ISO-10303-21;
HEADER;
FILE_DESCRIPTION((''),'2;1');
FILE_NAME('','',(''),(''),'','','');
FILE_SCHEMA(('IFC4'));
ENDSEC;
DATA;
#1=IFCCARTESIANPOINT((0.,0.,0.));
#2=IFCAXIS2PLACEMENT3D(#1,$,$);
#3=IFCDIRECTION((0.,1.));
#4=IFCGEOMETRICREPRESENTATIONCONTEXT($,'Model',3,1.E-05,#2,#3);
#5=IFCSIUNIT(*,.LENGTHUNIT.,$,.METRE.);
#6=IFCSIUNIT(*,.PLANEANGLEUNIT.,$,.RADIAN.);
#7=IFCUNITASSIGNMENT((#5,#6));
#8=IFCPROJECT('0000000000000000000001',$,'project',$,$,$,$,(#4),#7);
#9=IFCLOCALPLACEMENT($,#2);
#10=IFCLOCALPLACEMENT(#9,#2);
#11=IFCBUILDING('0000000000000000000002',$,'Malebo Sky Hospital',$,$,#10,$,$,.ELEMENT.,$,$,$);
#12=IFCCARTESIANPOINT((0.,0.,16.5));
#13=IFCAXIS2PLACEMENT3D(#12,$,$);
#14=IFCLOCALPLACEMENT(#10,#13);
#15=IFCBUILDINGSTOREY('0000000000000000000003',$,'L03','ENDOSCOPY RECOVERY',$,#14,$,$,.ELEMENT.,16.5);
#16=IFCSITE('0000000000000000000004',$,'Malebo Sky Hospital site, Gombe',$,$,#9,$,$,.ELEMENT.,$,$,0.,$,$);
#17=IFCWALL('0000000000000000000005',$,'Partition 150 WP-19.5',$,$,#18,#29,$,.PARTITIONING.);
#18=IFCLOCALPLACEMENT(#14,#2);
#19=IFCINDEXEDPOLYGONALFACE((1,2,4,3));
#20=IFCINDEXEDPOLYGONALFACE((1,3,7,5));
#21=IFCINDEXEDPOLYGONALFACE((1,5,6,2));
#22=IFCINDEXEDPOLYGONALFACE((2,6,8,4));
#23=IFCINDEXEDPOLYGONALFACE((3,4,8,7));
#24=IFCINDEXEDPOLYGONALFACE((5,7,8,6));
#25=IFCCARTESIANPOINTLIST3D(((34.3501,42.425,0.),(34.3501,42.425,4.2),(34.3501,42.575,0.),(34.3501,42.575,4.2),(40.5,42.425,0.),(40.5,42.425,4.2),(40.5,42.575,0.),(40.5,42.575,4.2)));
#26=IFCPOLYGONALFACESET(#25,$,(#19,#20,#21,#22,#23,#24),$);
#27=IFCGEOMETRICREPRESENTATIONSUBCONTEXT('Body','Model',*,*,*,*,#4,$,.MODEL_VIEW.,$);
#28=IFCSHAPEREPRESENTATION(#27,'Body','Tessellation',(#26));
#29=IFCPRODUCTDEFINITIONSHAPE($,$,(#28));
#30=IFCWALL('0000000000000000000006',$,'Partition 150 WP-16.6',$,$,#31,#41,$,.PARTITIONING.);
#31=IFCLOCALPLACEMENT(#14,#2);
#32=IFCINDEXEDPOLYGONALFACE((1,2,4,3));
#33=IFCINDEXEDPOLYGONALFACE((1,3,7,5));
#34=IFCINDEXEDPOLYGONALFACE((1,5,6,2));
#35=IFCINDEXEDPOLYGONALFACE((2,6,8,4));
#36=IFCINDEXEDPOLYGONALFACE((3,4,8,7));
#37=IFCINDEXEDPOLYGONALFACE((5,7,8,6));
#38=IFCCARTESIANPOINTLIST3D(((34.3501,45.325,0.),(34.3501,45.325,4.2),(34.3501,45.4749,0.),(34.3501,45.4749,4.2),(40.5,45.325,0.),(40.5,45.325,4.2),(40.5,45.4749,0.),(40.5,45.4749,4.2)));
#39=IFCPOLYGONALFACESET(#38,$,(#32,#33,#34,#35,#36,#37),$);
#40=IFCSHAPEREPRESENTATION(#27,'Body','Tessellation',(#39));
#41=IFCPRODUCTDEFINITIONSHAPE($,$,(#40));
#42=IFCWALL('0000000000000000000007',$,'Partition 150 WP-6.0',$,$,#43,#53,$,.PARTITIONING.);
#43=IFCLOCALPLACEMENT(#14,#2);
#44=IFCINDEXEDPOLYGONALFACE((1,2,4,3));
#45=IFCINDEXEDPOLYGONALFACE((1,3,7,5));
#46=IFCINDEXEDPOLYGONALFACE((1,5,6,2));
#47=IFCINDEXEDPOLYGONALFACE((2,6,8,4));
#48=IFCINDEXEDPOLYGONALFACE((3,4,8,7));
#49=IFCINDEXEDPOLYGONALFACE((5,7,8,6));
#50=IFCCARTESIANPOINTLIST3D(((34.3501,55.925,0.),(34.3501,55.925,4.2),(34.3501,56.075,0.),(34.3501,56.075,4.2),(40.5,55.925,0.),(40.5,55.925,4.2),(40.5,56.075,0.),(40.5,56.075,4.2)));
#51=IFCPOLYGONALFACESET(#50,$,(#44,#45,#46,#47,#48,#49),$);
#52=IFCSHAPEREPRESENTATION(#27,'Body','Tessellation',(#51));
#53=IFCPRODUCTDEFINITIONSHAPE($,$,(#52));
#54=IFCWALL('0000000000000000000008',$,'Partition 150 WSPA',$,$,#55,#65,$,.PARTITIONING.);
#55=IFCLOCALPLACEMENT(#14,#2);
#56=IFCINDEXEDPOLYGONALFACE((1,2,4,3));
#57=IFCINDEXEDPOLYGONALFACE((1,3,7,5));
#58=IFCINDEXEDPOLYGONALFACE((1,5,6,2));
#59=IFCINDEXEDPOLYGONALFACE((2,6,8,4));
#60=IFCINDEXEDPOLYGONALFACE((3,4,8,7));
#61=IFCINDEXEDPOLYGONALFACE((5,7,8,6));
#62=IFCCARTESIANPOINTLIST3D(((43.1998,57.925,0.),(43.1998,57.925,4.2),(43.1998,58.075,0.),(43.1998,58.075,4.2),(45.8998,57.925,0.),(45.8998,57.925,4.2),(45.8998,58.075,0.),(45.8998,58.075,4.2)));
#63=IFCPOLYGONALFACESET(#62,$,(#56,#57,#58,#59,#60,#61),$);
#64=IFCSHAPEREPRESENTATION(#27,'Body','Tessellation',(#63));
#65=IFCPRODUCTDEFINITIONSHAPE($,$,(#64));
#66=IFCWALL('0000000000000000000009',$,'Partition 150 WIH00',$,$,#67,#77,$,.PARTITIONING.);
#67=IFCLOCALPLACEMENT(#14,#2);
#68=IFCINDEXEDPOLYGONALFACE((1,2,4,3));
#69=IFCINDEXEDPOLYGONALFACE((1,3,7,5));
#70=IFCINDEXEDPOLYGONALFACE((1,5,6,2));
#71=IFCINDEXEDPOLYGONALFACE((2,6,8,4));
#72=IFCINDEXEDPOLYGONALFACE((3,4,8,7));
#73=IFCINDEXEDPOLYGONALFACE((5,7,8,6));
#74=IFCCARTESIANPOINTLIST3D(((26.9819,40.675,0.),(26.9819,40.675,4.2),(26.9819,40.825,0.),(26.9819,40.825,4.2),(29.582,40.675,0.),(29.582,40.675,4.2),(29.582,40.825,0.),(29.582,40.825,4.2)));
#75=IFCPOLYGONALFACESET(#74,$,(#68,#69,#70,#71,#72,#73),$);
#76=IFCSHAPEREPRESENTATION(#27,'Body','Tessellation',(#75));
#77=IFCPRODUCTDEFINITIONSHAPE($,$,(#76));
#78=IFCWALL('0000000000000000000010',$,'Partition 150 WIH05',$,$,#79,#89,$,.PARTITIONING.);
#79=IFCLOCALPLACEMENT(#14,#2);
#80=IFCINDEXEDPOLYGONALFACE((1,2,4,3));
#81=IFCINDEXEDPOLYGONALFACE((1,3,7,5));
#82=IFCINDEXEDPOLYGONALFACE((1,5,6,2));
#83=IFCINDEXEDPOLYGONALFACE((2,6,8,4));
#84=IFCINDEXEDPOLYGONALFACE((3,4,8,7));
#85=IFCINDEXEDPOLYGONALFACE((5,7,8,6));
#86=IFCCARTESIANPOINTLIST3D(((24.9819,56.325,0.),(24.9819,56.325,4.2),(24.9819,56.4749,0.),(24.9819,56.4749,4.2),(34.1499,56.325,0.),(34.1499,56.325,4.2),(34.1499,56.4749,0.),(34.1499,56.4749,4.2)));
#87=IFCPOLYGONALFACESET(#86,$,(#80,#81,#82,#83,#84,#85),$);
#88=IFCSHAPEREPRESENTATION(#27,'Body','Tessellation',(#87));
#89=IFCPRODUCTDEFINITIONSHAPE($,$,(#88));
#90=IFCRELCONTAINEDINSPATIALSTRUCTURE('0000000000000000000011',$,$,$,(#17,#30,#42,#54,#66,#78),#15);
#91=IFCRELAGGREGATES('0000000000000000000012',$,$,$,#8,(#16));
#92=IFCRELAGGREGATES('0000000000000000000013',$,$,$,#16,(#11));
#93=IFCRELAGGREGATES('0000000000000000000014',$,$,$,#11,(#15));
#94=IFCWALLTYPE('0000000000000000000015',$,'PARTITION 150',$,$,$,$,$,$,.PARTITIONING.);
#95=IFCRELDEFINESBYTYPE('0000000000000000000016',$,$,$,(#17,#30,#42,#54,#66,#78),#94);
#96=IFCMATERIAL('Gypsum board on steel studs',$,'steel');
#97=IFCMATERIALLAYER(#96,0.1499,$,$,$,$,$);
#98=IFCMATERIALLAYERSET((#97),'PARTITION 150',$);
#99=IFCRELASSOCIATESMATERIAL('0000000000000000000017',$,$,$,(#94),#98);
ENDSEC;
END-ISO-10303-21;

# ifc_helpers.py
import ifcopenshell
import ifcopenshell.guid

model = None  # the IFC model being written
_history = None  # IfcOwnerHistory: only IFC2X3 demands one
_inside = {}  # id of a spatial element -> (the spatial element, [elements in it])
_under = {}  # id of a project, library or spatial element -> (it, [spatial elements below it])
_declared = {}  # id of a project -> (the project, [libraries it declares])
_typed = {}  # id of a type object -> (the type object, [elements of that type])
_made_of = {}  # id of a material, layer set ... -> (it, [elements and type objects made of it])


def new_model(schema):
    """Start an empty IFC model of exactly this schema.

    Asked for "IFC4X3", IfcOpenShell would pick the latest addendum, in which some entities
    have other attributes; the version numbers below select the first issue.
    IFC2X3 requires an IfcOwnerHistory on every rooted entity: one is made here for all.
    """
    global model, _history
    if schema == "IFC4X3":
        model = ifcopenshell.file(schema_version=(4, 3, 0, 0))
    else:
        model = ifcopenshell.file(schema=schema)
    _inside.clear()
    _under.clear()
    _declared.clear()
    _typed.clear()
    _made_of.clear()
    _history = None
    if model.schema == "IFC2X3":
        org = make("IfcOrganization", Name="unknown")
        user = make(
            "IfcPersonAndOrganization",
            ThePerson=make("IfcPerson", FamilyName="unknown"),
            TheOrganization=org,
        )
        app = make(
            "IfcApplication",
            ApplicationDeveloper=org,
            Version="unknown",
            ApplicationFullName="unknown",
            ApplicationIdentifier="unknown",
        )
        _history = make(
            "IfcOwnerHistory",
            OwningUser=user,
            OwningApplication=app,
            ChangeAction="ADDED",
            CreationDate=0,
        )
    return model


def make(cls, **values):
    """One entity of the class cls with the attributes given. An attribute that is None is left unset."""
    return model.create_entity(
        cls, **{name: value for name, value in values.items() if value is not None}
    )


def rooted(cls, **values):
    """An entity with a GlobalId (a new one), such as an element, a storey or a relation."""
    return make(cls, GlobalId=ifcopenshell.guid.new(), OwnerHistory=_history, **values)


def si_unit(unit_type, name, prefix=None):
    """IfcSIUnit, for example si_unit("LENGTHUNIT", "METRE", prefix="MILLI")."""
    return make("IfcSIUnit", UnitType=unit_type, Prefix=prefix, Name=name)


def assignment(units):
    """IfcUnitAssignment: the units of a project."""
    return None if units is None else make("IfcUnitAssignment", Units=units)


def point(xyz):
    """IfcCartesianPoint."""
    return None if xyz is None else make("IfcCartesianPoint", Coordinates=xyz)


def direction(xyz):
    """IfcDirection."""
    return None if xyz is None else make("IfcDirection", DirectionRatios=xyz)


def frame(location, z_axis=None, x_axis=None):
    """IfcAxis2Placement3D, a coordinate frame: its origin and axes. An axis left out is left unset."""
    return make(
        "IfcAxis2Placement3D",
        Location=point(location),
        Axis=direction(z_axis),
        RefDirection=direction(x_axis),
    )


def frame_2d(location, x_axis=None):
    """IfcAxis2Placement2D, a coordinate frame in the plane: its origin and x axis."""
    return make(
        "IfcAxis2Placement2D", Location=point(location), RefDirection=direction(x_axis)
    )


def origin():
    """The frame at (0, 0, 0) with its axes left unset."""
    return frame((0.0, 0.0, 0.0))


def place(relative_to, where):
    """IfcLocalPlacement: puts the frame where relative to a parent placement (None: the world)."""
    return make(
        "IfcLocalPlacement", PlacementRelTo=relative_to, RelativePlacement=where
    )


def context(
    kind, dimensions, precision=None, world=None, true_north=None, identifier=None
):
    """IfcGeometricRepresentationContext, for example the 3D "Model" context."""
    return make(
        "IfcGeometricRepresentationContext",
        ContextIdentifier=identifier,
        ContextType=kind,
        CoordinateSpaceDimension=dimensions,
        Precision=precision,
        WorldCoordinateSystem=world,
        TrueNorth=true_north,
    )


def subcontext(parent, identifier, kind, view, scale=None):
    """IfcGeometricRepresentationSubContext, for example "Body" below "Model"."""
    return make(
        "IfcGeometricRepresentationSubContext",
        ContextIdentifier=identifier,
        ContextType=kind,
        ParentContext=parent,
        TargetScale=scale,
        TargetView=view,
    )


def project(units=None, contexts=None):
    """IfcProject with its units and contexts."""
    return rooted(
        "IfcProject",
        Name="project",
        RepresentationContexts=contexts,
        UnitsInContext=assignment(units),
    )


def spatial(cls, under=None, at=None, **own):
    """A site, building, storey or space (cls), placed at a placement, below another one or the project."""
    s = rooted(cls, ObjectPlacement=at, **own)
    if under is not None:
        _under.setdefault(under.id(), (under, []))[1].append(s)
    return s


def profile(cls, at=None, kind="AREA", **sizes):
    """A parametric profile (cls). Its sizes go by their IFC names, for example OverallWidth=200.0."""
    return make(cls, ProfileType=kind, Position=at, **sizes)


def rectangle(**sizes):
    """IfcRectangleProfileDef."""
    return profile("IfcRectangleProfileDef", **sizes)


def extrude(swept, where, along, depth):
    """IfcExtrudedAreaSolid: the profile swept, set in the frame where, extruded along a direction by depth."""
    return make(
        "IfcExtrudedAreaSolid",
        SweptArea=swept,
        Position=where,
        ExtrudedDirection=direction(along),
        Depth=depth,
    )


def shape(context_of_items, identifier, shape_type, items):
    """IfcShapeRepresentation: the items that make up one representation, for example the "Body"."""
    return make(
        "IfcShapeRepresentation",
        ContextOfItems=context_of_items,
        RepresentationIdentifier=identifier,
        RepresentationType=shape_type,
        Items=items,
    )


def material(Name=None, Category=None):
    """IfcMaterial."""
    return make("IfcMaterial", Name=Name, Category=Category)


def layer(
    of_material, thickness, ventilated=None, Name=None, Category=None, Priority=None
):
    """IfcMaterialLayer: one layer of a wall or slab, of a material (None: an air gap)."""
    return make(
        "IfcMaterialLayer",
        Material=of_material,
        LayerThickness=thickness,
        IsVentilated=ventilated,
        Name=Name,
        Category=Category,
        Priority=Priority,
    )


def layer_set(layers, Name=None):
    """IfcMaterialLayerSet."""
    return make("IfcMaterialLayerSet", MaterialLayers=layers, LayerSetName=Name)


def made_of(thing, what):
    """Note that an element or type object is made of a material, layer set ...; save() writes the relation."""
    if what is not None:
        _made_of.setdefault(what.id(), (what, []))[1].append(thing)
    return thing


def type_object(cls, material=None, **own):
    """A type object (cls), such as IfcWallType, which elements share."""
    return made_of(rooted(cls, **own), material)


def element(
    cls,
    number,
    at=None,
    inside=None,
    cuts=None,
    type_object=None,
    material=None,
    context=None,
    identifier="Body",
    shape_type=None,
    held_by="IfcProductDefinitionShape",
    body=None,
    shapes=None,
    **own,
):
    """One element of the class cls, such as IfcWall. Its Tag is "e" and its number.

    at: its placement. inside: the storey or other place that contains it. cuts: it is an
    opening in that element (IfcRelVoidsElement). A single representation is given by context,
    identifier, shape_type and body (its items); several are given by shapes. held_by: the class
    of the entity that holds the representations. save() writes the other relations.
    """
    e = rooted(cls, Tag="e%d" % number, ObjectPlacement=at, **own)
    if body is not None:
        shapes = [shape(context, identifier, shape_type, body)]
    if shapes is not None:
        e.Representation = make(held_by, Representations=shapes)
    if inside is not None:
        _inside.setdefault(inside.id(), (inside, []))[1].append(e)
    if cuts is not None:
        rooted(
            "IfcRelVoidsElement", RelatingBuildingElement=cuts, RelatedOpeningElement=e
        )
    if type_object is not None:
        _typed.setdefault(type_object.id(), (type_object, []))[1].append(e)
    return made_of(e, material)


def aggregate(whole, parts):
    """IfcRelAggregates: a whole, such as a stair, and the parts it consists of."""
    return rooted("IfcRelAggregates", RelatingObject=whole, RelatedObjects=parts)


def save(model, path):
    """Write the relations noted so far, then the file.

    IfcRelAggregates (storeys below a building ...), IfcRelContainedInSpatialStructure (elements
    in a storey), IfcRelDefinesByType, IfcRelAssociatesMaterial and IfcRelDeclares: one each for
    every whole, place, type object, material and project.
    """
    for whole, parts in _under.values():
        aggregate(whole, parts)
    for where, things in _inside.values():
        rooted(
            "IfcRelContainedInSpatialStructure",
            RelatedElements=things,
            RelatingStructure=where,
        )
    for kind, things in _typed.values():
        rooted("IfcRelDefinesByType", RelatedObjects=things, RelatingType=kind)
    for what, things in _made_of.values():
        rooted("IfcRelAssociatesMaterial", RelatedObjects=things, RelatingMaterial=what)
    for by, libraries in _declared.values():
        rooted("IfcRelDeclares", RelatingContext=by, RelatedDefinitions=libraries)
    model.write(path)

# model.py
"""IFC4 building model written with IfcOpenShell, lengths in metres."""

from ifc_helpers import new_model, si_unit, direction, frame, frame_2d, origin, place, context, subcontext, project, spatial, rectangle, extrude, material, layer, layer_set, type_object, element, save


model = new_model("IFC4")

# Units and contexts
model_context = context("Model", 3, precision=1e-05, world=origin(), true_north=direction((0.0, 1.0)))
body_context = subcontext(model_context, "Body", "Model", "MODEL_VIEW")
ifc_project = project(units=[si_unit("LENGTHUNIT", "METRE"), si_unit("PLANEANGLEUNIT", "RADIAN")], contexts=[model_context])

# Site, building, storey
site_placement = place(None, origin())
site = spatial("IfcSite", under=ifc_project, at=site_placement, Name="Malebo Sky Hospital site, Gombe", CompositionType="ELEMENT", RefElevation=0.0)
building_placement = place(site_placement, origin())
building = spatial("IfcBuilding", under=site, at=building_placement, Name="Malebo Sky Hospital", CompositionType="ELEMENT")
storey_placement = place(building_placement, frame((0.0, 0.0, 16.5)))
storey = spatial("IfcBuildingStorey", under=building, at=storey_placement, Name="L03", Description="ENDOSCOPY RECOVERY", CompositionType="ELEMENT", Elevation=16.5)

# Shared definitions
ifc_material_1 = material(Name="Gypsum board on steel studs", Category="steel")

# Walls
ifc_layer_1 = layer(ifc_material_1, 0.1499)
ifc_layer_set_1 = layer_set([ifc_layer_1], Name="PARTITION 150")
wall_type_1 = type_object("IfcWallType", Name="PARTITION 150", PredefinedType="PARTITIONING", material=ifc_layer_set_1)
for number, where, z_axis, x_axis, name in (
    (1, (40.5, 42.5, 0.0), (0.0, 0.0, 1.0), (-1.0, 0.0, 0.0), "Partition 150 WP-19.5"),
    (2, (40.5, 45.3999, 0.0), (0.0, 0.0, 1.0), (-1.0, 0.0, 0.0), "Partition 150 WP-16.6"),
    (3, (40.5, 56.0, 0.0), (0.0, 0.0, 1.0), (-1.0, 0.0, 0.0), "Partition 150 WP-6.0"),
):
    element("IfcWall", number, at=place(storey_placement, frame(where, z_axis=z_axis, x_axis=x_axis)), inside=storey, type_object=wall_type_1, Name=name, PredefinedType="PARTITIONING", context=body_context, shape_type="SweptSolid", body=[
        extrude(rectangle(XDim=6.1499, YDim=0.1499, at=frame_2d((3.075, 0.0))), origin(), (0.0, 0.0, 1.0), 4.2),
    ])
wall_1_placement = place(storey_placement, frame((45.8999, 58.0, 0.0), z_axis=(0.0, 0.0, 1.0), x_axis=(-1.0, 0.0, 0.0)))
element("IfcWall", 4, at=wall_1_placement, inside=storey, type_object=wall_type_1, Name="Partition 150 WSPA", PredefinedType="PARTITIONING", context=body_context, shape_type="SweptSolid", body=[
    extrude(rectangle(XDim=2.7, YDim=0.1499, at=frame_2d((1.3501, 0.0))), origin(), (0.0, 0.0, 1.0), 4.2),
])
wall_2_placement = place(storey_placement, frame((26.9819, 40.75, 0.0), z_axis=(0.0, 0.0, 1.0), x_axis=(1.0, 0.0, 0.0)))
element("IfcWall", 5, at=wall_2_placement, inside=storey, type_object=wall_type_1, Name="Partition 150 WIH00", PredefinedType="PARTITIONING", context=body_context, shape_type="SweptSolid", body=[
    extrude(rectangle(XDim=2.6001, YDim=0.1499, at=frame_2d((1.3, 0.0))), origin(), (0.0, 0.0, 1.0), 4.2),
])
wall_3_placement = place(storey_placement, frame((24.9819, 56.3999, 0.0), z_axis=(0.0, 0.0, 1.0), x_axis=(1.0, 0.0, 0.0)))
element("IfcWall", 6, at=wall_3_placement, inside=storey, type_object=wall_type_1, Name="Partition 150 WIH05", PredefinedType="PARTITIONING", context=body_context, shape_type="SweptSolid", body=[
    extrude(rectangle(XDim=9.168, YDim=0.1499, at=frame_2d((4.584, 0.0))), origin(), (0.0, 0.0, 1.0), 4.2),
])

save(model, "model.ifc")
